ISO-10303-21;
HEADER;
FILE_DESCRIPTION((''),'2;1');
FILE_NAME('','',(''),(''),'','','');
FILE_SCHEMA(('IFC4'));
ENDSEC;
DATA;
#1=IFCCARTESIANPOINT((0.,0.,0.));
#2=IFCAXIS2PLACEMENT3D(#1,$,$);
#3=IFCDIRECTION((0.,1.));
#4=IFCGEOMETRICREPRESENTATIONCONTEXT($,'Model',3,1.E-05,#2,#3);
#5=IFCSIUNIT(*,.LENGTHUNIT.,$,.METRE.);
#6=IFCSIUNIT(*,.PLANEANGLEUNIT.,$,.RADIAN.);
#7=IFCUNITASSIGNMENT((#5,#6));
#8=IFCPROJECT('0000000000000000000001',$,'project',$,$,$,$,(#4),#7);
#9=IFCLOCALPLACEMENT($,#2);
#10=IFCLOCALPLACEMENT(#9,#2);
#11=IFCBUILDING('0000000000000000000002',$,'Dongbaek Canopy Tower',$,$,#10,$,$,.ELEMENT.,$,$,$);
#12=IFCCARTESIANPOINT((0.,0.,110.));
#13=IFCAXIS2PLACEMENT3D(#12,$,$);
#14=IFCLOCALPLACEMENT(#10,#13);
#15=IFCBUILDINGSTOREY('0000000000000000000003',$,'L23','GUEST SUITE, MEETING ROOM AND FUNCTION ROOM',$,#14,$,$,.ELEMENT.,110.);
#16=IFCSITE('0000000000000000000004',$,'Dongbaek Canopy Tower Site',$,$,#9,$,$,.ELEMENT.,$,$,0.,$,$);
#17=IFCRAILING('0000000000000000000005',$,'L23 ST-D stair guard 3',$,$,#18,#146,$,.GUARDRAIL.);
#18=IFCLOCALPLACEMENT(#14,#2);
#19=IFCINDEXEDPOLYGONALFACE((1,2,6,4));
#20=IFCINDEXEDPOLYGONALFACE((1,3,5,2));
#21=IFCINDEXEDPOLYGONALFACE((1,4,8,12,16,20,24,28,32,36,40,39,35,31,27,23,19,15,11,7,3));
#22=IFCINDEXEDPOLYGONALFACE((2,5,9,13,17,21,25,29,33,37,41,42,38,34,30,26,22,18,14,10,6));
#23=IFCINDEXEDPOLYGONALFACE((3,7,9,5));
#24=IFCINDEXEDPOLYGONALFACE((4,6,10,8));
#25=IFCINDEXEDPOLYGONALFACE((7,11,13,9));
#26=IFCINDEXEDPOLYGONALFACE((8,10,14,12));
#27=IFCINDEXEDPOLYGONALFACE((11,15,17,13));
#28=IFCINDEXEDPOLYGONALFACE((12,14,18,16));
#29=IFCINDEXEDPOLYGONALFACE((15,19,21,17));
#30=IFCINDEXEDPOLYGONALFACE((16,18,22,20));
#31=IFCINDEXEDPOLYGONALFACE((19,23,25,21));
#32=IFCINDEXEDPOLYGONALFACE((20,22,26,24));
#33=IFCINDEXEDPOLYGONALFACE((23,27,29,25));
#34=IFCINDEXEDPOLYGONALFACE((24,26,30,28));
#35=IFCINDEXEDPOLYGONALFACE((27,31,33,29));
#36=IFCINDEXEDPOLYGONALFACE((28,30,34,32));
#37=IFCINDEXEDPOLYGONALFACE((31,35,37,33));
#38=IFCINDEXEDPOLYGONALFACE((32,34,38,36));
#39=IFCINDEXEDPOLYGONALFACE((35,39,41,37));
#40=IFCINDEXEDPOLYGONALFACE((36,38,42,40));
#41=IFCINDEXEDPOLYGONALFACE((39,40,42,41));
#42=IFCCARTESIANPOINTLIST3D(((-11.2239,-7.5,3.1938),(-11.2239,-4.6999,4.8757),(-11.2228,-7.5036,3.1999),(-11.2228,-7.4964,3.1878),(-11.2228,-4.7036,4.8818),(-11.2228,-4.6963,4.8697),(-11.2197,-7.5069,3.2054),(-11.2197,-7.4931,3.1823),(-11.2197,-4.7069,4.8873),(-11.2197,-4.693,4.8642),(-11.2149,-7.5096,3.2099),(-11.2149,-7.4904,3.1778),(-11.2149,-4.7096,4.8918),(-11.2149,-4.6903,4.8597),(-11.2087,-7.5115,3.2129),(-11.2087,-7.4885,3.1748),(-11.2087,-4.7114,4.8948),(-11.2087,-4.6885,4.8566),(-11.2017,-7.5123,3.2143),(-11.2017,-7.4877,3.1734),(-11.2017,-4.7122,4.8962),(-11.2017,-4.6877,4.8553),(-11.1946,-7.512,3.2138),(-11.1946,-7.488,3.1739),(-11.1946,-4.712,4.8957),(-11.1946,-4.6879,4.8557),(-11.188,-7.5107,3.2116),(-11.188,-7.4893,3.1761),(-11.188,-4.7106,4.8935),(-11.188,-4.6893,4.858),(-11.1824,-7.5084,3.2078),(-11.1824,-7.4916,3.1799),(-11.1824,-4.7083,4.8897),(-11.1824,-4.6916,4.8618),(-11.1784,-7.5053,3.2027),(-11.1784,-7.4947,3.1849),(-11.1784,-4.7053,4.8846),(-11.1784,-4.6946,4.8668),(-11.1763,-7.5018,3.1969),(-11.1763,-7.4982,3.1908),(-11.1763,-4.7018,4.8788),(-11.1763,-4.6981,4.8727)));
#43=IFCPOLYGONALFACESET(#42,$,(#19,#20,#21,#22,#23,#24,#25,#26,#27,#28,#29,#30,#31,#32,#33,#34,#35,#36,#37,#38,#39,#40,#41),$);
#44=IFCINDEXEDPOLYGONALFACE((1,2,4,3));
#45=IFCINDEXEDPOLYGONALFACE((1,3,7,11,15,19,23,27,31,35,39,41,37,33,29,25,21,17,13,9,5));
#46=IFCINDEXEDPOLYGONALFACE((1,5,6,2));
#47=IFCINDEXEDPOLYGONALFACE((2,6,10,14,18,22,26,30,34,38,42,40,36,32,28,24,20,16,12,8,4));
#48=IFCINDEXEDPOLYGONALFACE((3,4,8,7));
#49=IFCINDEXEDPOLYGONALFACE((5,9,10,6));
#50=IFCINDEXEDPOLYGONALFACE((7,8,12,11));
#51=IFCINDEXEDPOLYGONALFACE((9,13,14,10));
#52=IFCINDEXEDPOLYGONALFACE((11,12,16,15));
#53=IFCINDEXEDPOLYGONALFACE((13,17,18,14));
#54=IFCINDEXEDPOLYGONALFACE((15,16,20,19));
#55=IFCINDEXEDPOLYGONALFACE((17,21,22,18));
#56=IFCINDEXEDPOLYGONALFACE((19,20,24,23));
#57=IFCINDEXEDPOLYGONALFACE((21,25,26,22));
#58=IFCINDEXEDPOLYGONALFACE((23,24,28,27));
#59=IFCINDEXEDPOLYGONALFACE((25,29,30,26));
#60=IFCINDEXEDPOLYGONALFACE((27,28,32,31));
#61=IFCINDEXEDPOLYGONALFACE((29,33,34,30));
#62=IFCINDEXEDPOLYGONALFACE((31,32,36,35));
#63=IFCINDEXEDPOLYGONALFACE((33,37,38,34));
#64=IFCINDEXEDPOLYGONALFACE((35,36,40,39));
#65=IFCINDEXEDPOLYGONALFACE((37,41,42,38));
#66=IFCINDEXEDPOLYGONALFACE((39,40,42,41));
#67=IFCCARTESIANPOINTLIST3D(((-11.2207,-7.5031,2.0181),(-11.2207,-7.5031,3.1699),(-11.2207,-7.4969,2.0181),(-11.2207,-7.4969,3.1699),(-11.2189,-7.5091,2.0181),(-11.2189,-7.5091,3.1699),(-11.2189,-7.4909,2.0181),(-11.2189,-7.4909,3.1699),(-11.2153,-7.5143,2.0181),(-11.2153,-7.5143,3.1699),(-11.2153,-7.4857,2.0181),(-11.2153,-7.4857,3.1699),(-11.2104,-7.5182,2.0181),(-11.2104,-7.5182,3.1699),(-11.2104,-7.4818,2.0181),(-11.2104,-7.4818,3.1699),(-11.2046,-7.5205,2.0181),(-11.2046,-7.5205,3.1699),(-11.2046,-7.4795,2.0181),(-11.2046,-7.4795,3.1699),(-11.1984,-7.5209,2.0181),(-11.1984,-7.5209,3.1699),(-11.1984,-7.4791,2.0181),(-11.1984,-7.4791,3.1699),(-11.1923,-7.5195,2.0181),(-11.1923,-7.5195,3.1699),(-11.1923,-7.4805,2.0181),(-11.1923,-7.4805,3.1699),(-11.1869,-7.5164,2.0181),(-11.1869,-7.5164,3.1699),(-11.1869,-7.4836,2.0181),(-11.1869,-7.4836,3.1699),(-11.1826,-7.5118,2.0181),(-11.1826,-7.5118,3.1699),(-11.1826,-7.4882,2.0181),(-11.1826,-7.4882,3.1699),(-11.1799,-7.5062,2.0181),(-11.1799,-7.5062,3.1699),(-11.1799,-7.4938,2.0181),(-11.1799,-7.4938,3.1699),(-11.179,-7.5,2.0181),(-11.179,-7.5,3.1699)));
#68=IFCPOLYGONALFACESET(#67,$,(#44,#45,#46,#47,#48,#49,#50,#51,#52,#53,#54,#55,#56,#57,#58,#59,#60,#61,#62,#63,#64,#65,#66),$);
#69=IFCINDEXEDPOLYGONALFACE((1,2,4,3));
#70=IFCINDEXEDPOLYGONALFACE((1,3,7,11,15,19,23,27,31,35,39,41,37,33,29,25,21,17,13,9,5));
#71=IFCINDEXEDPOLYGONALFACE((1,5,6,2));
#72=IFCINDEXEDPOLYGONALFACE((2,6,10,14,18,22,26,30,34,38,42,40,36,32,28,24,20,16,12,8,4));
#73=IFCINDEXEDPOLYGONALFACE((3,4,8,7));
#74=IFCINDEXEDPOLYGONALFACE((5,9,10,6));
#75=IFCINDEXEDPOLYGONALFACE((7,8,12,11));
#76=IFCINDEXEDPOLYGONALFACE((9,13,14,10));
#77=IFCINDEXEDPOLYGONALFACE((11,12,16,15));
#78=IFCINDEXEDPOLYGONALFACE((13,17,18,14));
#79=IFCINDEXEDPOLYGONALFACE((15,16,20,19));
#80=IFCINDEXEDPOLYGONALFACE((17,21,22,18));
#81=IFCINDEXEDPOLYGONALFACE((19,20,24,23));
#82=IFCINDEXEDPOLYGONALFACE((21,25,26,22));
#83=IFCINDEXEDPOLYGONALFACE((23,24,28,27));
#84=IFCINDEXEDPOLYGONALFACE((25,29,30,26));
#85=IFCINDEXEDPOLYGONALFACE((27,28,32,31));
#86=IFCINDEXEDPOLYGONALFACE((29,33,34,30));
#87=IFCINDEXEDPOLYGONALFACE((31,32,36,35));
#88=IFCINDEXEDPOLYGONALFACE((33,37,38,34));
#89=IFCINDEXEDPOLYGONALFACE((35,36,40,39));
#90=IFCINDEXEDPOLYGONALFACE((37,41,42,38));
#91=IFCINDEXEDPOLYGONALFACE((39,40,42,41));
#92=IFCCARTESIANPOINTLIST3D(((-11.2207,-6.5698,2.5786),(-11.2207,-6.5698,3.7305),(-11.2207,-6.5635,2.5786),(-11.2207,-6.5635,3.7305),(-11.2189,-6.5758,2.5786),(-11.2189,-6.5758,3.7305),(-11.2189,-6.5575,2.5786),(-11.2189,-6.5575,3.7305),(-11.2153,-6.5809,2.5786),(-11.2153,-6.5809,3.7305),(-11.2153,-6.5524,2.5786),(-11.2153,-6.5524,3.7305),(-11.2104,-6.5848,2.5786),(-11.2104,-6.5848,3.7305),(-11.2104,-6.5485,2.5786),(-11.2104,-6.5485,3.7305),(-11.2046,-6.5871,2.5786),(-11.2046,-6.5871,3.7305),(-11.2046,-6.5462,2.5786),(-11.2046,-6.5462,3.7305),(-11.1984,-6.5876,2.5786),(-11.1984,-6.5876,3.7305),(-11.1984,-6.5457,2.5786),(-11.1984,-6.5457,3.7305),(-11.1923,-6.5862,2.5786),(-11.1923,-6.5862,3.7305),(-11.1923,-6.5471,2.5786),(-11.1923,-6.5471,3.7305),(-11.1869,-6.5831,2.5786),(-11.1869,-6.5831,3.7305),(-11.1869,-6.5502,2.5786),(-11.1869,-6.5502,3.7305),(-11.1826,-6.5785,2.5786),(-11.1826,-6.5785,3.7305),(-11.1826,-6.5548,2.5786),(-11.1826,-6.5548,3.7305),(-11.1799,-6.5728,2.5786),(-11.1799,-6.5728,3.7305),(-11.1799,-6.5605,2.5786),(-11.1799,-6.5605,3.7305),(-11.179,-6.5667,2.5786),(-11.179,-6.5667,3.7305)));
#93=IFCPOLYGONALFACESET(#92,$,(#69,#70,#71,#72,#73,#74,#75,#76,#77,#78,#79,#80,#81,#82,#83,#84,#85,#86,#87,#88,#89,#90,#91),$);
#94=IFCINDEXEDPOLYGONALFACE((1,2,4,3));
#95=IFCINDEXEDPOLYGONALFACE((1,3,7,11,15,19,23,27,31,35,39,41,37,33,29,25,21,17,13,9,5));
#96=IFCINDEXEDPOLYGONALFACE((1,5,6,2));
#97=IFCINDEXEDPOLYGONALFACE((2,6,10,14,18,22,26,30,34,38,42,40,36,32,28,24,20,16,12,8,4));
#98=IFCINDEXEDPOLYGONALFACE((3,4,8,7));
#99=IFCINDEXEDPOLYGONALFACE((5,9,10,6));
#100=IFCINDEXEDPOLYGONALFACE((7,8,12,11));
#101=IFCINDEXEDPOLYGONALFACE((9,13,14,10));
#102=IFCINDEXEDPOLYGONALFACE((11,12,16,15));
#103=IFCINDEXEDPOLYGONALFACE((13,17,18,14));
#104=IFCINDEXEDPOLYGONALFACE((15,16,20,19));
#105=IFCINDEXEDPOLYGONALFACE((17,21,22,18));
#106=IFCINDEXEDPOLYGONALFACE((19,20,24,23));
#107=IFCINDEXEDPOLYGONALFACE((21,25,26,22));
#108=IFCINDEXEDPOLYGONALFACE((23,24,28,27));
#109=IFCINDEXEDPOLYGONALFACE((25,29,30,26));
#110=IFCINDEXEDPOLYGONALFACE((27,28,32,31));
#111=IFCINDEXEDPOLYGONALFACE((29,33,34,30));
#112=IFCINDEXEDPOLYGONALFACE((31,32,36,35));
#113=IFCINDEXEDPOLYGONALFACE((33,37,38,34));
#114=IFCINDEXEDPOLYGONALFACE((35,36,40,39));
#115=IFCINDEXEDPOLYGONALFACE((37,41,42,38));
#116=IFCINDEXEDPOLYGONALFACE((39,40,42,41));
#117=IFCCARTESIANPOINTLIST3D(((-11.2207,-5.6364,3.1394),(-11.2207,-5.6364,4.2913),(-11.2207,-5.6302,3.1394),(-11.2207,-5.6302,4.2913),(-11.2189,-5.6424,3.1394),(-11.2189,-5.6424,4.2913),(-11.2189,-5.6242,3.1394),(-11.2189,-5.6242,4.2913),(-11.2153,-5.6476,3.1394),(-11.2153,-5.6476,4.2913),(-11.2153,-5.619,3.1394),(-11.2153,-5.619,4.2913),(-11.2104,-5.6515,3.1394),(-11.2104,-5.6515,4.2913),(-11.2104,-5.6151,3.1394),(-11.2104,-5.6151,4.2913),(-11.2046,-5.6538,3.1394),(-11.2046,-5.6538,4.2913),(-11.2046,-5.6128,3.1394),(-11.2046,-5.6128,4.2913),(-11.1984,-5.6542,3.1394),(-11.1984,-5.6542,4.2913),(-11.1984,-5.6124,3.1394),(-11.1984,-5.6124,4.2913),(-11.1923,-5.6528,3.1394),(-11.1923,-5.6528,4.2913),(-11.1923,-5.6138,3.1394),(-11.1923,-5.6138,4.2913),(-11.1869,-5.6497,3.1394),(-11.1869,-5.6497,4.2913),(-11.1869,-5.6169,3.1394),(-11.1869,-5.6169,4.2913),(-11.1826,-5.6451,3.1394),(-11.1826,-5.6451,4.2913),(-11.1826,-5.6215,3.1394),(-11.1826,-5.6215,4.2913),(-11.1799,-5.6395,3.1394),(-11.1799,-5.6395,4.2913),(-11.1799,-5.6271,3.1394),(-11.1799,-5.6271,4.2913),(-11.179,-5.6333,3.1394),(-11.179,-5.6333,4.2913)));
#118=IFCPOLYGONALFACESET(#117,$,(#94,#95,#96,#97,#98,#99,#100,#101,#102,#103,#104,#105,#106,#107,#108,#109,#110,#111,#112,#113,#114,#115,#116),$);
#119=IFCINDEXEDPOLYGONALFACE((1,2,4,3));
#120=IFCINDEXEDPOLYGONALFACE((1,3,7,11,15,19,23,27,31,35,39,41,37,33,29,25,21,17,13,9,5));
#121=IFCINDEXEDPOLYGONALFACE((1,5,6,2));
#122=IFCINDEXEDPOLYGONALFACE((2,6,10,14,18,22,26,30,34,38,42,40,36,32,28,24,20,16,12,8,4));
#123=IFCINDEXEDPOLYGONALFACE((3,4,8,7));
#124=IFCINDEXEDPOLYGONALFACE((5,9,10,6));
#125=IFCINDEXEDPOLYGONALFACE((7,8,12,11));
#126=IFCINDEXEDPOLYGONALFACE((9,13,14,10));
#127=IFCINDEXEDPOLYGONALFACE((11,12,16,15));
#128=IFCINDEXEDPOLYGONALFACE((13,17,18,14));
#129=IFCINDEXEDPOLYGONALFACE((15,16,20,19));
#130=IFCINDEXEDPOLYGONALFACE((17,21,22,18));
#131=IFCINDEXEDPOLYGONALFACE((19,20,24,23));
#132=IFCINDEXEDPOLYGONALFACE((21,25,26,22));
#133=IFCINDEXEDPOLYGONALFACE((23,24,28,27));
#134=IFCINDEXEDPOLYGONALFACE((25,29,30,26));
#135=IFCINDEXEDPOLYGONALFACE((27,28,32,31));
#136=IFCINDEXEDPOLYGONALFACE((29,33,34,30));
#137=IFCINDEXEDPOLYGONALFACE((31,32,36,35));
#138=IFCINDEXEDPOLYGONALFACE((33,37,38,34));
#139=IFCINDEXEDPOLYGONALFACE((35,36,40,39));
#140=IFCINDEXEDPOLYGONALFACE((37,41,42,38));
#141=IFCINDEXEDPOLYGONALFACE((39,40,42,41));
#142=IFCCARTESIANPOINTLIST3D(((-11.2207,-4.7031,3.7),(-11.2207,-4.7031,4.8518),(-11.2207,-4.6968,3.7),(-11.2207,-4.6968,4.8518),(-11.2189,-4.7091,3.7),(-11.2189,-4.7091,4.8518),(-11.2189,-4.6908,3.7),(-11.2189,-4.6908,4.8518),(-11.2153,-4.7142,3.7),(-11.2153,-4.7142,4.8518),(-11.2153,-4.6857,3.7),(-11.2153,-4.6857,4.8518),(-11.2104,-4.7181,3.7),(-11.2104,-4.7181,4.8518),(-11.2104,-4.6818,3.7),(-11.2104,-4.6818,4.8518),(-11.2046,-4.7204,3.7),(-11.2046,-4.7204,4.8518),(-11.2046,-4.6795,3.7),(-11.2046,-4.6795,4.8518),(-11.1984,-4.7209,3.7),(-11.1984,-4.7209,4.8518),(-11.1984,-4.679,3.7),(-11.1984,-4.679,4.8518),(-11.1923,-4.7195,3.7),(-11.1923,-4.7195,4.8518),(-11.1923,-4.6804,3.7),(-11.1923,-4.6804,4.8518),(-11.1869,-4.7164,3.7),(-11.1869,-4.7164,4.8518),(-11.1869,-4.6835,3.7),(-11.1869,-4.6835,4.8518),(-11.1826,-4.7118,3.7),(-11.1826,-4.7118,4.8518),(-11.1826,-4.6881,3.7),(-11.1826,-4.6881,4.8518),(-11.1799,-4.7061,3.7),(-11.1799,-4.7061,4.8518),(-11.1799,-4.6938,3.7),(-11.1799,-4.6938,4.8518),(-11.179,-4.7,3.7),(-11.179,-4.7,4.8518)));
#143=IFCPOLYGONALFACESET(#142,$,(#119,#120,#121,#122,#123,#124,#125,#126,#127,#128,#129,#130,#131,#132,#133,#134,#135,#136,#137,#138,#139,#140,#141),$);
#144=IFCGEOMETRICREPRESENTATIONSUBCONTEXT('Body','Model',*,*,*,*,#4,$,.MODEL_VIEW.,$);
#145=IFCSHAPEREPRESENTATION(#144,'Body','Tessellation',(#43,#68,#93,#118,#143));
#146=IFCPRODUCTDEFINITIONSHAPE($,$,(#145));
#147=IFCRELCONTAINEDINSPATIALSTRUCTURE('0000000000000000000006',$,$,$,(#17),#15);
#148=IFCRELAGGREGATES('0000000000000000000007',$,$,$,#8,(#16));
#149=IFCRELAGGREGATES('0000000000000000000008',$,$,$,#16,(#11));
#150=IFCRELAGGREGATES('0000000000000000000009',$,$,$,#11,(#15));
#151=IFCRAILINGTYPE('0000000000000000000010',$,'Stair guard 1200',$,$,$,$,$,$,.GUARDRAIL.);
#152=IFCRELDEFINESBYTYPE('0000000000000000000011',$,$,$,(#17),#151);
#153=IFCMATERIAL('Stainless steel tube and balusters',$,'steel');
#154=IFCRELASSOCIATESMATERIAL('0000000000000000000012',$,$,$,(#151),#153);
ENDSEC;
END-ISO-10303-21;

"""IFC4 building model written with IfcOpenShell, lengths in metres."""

from ifc_helpers import new_model, si_unit, direction, frame, origin, origin_2d, place, context, subcontext, project, spatial, circle, extrude, material, type_object, element, save


model = new_model("IFC4")

# Units and contexts
model_context = context("Model", 3, precision=1e-05, world=origin(), true_north=direction((0.0, 1.0)))
body_context = subcontext(model_context, "Body", "Model", "MODEL_VIEW")
ifc_project = project(units=[si_unit("LENGTHUNIT", "METRE"), si_unit("PLANEANGLEUNIT", "RADIAN")], contexts=[model_context])

# Site, building, storey
site_placement = place(None, origin())
site = spatial("IfcSite", under=ifc_project, at=site_placement, Name="Dongbaek Canopy Tower Site", CompositionType="ELEMENT", RefElevation=0.0)
building_placement = place(site_placement, origin())
building = spatial("IfcBuilding", under=site, at=building_placement, Name="Dongbaek Canopy Tower", CompositionType="ELEMENT")
storey_placement = place(building_placement, frame((0.0, 0.0, 110.0)))
storey = spatial("IfcBuildingStorey", under=building, at=storey_placement, Name="L23", Description="GUEST SUITE, MEETING ROOM AND FUNCTION ROOM", CompositionType="ELEMENT", Elevation=110.0)

# Railing
ifc_material_1 = material(Name="Stainless steel tube and balusters", Category="steel")
railing_type_1 = type_object("IfcRailingType", Name="Stair guard 1200", PredefinedType="GUARDRAIL", material=ifc_material_1)
railing_1_placement = place(storey_placement, frame((-11.2, -7.5, 2.0181)))
element("IfcRailing", 1, at=railing_1_placement, inside=storey, type_object=railing_type_1, Name="L23 ST-D stair guard 3", PredefinedType="GUARDRAIL", context=body_context, shape_type="SweptSolid", body=[
    extrude(circle(Radius=0.0239, at=origin_2d()), frame((0.0, 0.0, 1.1758), z_axis=(0.0, 0.857242, 0.514913), x_axis=(-1.0, 0.0, 0.0)), (0.0, 0.0, 1.0), 3.2664),
    extrude(circle(Radius=0.021, at=origin_2d()), origin(), (0.0, 0.0, 1.0), 1.1519),
    extrude(circle(Radius=0.021, at=origin_2d()), frame((0.0, 0.9333, 0.5605)), (0.0, 0.0, 1.0), 1.1519),
    extrude(circle(Radius=0.021, at=origin_2d()), frame((0.0, 1.8667, 1.1213)), (0.0, 0.0, 1.0), 1.1519),
    extrude(circle(Radius=0.021, at=origin_2d()), frame((0.0, 2.8, 1.6819)), (0.0, 0.0, 1.0), 1.1519),
])

save(model, "model.ifc")
